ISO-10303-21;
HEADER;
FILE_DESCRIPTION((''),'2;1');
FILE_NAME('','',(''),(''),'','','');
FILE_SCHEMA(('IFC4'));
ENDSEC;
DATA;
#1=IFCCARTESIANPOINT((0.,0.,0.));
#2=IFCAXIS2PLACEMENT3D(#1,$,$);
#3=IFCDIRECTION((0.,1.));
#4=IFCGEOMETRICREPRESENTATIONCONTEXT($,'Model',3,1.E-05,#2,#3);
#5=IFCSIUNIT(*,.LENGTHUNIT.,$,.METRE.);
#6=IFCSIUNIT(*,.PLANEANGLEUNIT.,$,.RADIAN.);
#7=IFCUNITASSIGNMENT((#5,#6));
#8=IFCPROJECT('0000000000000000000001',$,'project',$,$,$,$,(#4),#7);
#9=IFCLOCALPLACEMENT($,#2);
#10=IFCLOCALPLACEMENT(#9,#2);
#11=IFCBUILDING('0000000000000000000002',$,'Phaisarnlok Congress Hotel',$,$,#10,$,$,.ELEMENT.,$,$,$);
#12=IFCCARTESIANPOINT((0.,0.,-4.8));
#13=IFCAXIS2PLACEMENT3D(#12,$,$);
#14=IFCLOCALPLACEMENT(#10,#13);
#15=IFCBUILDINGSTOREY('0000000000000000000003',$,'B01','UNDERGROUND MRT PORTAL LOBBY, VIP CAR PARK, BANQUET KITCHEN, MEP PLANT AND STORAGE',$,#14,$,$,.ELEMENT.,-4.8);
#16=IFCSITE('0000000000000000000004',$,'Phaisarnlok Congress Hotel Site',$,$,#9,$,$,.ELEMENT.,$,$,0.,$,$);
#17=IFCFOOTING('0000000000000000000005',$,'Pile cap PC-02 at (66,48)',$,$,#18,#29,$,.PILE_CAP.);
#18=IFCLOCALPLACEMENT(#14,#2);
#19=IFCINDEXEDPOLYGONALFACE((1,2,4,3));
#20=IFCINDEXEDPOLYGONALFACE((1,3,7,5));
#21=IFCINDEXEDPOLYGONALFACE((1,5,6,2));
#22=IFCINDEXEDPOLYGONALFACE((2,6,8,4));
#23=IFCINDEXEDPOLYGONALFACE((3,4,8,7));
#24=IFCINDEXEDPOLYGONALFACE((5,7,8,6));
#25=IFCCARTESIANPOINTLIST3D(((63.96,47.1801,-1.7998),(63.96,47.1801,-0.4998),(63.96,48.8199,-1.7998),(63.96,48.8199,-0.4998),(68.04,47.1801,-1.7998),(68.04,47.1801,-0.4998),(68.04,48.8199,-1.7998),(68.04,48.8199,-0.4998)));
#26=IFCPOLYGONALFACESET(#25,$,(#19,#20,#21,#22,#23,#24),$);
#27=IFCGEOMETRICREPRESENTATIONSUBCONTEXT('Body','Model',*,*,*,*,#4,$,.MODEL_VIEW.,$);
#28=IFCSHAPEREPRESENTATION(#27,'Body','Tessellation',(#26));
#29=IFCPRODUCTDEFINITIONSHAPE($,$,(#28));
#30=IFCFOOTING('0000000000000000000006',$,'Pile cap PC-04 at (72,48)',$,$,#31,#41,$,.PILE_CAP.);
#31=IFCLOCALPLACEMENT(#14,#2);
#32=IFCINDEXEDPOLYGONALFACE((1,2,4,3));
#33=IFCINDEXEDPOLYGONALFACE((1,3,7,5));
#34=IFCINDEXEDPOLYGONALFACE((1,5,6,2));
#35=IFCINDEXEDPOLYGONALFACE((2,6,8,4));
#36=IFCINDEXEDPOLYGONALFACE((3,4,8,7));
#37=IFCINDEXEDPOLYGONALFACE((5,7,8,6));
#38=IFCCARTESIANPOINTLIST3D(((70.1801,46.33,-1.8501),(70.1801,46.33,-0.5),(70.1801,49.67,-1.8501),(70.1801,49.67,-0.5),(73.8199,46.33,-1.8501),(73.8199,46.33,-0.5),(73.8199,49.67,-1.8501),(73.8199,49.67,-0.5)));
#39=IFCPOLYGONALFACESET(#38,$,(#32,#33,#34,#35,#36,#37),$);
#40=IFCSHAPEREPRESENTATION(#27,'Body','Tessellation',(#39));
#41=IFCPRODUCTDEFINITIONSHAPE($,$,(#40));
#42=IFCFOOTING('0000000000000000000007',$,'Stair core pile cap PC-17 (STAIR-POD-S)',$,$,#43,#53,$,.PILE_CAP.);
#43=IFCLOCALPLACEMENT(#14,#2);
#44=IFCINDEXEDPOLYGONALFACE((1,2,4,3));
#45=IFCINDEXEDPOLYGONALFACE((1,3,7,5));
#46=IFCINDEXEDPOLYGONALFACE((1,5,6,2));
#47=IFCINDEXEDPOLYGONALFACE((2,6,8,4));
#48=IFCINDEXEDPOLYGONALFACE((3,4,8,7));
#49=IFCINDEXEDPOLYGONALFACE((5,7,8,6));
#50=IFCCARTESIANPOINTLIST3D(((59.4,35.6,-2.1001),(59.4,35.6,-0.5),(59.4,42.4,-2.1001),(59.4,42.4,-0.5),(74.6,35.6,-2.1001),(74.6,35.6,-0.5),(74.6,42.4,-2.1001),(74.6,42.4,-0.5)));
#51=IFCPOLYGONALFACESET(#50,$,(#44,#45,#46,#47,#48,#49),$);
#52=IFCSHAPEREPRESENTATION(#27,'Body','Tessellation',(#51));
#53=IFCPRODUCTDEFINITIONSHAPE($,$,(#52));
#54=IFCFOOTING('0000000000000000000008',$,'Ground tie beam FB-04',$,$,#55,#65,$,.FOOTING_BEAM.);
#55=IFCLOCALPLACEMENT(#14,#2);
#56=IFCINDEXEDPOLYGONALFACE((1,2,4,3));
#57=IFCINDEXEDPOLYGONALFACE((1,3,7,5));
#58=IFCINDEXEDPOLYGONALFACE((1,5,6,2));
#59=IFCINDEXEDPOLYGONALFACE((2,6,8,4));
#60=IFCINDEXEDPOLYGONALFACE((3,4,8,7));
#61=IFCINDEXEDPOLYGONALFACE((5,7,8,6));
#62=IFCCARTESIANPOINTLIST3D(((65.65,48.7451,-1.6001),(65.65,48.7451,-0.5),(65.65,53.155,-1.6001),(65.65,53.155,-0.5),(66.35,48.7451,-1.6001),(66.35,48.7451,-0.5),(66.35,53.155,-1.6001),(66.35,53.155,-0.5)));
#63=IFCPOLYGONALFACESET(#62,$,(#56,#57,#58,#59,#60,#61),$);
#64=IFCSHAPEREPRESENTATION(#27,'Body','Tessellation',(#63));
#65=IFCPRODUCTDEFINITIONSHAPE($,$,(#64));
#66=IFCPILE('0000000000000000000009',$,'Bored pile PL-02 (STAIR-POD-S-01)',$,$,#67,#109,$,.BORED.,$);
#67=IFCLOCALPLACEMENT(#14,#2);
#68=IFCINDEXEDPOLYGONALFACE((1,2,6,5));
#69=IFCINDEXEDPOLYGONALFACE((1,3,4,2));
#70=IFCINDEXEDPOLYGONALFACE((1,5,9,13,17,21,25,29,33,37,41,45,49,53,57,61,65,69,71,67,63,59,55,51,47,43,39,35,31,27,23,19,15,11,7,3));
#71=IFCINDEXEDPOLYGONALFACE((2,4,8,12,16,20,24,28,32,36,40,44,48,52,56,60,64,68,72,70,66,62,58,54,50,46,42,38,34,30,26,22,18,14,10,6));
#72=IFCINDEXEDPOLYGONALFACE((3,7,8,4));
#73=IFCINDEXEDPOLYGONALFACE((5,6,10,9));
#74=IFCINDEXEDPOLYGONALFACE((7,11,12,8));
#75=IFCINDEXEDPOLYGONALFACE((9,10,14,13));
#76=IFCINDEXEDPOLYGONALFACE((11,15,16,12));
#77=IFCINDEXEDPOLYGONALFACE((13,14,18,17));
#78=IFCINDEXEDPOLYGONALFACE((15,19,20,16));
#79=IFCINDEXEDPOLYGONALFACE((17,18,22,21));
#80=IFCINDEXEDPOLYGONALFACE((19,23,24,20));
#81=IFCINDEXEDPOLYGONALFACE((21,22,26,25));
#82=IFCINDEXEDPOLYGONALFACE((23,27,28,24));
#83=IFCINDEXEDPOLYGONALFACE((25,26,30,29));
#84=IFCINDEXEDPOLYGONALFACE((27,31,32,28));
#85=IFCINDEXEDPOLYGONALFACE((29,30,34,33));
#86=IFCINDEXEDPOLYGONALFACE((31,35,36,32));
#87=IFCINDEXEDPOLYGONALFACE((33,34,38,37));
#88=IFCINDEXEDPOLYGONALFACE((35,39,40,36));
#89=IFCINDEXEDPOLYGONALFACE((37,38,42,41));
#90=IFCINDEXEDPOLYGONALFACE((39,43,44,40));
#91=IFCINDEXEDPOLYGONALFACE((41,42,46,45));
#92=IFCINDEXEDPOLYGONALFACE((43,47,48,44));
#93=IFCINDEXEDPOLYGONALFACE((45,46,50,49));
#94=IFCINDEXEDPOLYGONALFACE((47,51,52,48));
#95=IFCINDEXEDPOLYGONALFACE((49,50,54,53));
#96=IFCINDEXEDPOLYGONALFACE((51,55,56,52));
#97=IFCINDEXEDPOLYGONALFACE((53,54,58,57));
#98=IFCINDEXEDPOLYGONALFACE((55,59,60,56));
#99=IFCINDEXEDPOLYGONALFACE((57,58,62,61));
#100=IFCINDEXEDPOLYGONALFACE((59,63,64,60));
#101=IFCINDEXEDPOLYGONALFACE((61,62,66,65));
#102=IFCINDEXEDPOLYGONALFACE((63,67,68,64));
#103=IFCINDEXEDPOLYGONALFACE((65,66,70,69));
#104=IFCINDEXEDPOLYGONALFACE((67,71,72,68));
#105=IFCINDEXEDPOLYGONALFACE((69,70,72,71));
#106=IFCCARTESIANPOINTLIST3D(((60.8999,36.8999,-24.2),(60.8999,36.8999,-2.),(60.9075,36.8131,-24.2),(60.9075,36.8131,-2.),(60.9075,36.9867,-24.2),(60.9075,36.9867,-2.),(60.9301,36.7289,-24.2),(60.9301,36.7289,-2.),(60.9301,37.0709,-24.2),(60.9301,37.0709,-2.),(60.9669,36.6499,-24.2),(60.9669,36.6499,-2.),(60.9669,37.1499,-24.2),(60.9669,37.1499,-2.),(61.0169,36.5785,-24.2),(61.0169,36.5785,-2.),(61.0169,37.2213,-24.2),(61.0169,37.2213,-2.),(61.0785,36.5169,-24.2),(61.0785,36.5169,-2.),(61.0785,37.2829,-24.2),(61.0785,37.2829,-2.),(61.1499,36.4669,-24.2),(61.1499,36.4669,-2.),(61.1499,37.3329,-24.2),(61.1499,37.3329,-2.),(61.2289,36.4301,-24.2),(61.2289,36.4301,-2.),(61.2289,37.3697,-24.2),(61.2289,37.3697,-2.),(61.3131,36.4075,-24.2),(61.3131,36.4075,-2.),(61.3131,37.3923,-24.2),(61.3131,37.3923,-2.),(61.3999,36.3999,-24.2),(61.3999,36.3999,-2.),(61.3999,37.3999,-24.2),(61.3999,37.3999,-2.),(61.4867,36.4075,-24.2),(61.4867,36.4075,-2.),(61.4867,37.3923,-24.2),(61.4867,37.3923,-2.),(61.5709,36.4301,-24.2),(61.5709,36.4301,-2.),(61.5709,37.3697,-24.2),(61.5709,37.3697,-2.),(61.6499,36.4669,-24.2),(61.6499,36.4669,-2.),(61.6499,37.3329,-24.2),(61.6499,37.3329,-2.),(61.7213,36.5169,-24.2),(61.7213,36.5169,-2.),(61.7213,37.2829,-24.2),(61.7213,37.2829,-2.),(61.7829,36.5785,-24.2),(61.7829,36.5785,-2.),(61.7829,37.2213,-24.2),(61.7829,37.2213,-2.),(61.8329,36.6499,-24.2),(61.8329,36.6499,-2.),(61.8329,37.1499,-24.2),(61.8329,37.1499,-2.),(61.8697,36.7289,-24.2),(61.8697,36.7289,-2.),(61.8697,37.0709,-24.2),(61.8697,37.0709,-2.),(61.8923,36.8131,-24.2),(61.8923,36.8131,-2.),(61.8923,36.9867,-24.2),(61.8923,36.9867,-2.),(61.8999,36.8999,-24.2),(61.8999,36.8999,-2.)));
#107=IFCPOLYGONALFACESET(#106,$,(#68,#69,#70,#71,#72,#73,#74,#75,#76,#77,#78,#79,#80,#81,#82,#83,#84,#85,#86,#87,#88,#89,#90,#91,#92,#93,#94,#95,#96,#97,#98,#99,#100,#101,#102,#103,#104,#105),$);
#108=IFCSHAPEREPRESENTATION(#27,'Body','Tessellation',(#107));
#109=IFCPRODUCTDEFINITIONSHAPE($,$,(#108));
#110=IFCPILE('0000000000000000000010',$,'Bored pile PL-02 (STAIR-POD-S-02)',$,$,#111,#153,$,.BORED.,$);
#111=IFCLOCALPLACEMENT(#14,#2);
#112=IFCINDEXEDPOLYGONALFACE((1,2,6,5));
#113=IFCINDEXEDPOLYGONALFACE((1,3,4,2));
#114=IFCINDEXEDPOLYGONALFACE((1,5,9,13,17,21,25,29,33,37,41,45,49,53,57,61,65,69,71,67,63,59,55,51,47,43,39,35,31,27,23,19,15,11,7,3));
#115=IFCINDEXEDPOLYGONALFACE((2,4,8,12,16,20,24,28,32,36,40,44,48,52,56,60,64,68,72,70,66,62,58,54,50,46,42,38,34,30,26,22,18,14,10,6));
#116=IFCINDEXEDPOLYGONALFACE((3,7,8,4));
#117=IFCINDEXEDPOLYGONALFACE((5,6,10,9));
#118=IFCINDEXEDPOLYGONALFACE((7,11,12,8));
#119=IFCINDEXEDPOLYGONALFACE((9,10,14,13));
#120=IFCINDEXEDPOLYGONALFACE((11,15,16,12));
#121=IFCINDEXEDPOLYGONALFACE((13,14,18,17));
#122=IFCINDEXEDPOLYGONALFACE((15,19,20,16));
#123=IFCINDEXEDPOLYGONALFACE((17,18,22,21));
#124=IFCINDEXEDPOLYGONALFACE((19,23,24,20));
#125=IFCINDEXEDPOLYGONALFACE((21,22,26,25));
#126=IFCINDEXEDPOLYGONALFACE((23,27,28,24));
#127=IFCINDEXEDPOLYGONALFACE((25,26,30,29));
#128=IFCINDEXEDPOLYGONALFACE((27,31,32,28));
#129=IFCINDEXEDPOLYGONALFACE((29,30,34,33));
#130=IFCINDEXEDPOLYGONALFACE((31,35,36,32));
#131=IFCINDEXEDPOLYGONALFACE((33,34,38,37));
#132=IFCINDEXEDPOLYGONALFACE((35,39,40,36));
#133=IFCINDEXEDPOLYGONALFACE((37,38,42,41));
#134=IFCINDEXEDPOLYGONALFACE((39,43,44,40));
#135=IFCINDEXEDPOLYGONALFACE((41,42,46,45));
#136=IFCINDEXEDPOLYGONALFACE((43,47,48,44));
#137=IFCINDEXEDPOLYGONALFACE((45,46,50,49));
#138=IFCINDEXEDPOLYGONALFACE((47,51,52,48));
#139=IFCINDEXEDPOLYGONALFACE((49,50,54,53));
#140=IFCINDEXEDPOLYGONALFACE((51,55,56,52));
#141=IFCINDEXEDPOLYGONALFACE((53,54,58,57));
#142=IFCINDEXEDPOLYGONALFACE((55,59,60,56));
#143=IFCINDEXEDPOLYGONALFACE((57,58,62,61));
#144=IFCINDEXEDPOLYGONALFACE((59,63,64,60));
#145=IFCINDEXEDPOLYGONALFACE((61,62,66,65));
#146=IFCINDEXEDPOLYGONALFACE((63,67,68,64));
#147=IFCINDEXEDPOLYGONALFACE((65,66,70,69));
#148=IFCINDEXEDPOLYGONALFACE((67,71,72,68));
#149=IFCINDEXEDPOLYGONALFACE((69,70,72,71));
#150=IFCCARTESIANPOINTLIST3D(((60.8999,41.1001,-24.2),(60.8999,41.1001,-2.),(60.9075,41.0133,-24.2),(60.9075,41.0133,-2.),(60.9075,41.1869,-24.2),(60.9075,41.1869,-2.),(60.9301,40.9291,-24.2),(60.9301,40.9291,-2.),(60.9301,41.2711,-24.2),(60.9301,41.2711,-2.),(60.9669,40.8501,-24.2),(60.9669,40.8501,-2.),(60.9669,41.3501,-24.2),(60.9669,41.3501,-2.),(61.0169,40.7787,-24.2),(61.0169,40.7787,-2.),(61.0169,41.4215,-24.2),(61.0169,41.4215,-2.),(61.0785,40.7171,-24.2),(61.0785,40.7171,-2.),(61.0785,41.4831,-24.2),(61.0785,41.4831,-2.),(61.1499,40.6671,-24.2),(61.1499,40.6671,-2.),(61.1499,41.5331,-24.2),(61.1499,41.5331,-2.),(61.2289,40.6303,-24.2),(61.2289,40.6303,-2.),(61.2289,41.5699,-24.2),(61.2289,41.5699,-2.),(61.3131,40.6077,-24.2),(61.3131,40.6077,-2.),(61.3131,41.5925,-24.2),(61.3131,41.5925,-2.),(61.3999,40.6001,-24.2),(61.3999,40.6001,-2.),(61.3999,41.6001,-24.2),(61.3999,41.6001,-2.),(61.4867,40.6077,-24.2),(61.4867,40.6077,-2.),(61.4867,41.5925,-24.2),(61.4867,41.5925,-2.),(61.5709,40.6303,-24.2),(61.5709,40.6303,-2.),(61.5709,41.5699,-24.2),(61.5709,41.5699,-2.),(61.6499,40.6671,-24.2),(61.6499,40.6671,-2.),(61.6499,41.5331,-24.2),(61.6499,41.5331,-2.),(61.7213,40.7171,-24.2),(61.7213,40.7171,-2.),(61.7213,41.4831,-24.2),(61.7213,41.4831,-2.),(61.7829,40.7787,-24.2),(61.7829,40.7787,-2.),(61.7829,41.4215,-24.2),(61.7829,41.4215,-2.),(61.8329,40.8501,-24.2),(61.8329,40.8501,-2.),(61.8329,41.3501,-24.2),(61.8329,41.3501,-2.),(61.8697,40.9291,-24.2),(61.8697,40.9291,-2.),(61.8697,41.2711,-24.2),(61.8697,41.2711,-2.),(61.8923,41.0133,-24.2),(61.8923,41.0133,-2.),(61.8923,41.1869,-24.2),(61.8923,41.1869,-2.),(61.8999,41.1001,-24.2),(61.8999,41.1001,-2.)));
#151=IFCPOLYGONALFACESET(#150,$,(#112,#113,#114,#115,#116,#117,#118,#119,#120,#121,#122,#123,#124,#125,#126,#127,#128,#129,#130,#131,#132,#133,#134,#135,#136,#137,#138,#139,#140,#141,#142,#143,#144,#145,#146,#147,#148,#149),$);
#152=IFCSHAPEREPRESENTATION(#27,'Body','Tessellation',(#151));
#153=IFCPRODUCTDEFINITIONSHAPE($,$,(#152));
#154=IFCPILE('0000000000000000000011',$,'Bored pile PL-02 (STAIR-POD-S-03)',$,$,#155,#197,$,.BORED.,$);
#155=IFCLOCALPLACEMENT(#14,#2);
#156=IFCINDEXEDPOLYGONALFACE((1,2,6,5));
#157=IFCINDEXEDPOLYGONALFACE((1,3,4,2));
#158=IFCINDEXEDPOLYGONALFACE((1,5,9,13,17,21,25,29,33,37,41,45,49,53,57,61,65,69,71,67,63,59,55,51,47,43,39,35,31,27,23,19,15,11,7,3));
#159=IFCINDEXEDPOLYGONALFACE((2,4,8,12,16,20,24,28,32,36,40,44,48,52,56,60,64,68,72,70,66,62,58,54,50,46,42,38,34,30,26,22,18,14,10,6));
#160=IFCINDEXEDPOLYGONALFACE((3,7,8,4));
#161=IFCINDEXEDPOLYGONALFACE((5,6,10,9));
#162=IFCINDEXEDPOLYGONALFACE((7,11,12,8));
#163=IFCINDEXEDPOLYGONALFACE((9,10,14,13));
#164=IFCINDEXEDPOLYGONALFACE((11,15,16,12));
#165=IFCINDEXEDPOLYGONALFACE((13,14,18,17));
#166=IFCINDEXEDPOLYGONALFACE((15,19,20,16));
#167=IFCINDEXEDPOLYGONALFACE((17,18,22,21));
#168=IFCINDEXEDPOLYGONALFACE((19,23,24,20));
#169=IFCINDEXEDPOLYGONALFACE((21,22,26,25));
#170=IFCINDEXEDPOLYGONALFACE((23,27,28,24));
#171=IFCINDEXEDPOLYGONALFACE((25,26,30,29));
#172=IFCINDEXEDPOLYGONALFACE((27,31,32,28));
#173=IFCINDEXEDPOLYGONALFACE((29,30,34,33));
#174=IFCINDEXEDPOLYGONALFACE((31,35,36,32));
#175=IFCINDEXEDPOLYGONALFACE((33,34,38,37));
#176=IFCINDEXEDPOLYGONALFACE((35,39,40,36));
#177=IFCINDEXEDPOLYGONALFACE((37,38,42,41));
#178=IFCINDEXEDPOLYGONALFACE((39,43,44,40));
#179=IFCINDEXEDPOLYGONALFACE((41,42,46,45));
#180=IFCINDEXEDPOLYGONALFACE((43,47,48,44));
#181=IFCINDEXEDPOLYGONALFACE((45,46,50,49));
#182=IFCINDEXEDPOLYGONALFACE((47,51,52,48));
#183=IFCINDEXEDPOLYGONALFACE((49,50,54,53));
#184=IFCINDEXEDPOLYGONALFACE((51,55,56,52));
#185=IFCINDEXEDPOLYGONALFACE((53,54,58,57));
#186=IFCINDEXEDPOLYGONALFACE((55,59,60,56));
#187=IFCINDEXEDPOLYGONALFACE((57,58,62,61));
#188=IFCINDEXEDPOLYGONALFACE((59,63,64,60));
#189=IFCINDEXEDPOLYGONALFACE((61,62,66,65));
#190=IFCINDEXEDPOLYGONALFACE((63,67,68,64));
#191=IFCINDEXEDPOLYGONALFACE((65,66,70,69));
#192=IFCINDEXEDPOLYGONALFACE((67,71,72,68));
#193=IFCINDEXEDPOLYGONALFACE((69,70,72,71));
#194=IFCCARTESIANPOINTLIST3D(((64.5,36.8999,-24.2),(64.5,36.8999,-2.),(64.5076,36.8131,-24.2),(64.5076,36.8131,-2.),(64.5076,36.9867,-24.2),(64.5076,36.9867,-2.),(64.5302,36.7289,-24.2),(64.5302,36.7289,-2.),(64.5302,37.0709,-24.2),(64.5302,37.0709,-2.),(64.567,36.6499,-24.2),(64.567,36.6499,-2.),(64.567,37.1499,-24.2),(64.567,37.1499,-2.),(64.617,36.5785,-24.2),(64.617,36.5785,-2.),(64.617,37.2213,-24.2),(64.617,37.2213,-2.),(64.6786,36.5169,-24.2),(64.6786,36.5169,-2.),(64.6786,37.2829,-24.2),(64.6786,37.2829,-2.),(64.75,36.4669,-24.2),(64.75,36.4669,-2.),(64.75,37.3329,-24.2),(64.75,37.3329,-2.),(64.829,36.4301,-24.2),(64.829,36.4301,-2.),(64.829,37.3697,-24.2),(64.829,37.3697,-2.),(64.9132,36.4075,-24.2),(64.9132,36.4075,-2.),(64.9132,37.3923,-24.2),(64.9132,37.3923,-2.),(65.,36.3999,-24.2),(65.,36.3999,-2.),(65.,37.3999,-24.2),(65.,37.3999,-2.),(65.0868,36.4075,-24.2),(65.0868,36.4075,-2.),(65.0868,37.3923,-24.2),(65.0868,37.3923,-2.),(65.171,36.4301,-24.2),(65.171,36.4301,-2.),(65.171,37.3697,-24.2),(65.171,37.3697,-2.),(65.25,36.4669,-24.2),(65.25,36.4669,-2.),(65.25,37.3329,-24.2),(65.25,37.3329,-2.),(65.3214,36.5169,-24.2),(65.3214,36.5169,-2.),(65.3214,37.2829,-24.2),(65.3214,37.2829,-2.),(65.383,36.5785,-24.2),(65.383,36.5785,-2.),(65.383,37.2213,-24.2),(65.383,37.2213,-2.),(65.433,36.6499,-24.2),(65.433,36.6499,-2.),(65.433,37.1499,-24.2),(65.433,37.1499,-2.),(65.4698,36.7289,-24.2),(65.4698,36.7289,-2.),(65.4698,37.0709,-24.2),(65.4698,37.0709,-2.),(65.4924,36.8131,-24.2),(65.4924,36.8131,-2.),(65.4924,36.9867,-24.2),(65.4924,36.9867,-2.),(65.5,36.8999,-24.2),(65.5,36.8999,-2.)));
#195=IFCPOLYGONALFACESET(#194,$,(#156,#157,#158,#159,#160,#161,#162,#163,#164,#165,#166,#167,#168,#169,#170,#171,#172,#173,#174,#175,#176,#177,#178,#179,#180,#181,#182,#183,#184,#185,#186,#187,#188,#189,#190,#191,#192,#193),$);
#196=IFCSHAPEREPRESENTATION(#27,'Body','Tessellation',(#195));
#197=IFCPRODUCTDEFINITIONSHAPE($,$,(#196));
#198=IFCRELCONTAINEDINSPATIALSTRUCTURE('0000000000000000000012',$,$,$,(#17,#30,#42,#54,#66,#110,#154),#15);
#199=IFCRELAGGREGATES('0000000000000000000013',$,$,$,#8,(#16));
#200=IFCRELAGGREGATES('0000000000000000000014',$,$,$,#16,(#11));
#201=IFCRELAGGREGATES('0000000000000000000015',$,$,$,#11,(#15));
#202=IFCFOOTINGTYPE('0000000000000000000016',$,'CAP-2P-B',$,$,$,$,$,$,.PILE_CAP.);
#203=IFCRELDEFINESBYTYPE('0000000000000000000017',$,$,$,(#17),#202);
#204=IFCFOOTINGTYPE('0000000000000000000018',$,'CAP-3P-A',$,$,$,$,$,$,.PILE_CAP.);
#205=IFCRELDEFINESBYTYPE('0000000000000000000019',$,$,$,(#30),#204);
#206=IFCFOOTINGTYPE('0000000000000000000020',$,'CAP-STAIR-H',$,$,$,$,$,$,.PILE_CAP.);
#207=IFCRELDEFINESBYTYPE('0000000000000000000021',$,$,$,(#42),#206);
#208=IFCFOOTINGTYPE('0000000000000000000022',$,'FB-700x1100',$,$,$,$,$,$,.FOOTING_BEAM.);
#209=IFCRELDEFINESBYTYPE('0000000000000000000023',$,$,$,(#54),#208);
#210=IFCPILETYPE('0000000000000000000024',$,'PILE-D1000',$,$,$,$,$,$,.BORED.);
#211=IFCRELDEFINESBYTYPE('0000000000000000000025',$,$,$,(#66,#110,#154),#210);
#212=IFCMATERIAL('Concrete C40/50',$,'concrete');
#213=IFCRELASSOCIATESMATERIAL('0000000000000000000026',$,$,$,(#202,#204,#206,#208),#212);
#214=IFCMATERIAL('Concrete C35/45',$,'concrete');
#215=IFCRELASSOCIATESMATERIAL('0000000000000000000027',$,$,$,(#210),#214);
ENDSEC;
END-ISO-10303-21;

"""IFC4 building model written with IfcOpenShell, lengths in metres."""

from ifc_helpers import new_model, si_unit, direction, frame, origin, origin_2d, place, context, subcontext, project, spatial, rectangle, circle, extrude, material, material_profile, profile_set, type_object, element, save


model = new_model("IFC4")

# Units and contexts
model_context = context("Model", 3, precision=1e-05, world=origin(), true_north=direction((0.0, 1.0)))
body_context = subcontext(model_context, "Body", "Model", "MODEL_VIEW")
ifc_project = project(units=[si_unit("LENGTHUNIT", "METRE"), si_unit("PLANEANGLEUNIT", "RADIAN")], contexts=[model_context])

# Site, building, storey
site_placement = place(None, origin())
site = spatial("IfcSite", under=ifc_project, at=site_placement, Name="Phaisarnlok Congress Hotel Site", CompositionType="ELEMENT", RefElevation=0.0)
building_placement = place(site_placement, origin())
building = spatial("IfcBuilding", under=site, at=building_placement, Name="Phaisarnlok Congress Hotel", CompositionType="ELEMENT")
storey_placement = place(building_placement, frame((0.0, 0.0, -4.8)))
storey = spatial("IfcBuildingStorey", under=building, at=storey_placement, Name="B01", Description="UNDERGROUND MRT PORTAL LOBBY, VIP CAR PARK, BANQUET KITCHEN, MEP PLANT AND STORAGE", CompositionType="ELEMENT", Elevation=-4.8)

# Footings
ifc_material_1 = material(Name="Concrete C40/50", Category="concrete")
footing_type_1 = type_object("IfcFootingType", Name="CAP-2P-B", PredefinedType="PILE_CAP", material=ifc_material_1)
footing_1_placement = place(storey_placement, frame((66.0, 48.0, -1.7998), z_axis=(0.0, 0.0, 1.0), x_axis=(1.0, 0.0, 0.0)))
element("IfcFooting", 1, at=footing_1_placement, inside=storey, type_object=footing_type_1, Name="Pile cap PC-02 at (66,48)", PredefinedType="PILE_CAP", context=body_context, shape_type="SweptSolid", body=[
    extrude(rectangle(XDim=4.0801, YDim=1.6399, at=origin_2d()), origin(), (0.0, 0.0, 1.0), 1.3),
])
footing_type_2 = type_object("IfcFootingType", Name="CAP-3P-A", PredefinedType="PILE_CAP", material=ifc_material_1)
footing_2_placement = place(storey_placement, frame((72.0, 48.0, -1.8501), z_axis=(0.0, 0.0, 1.0), x_axis=(1.0, 0.0, 0.0)))
element("IfcFooting", 2, at=footing_2_placement, inside=storey, type_object=footing_type_2, Name="Pile cap PC-04 at (72,48)", PredefinedType="PILE_CAP", context=body_context, shape_type="SweptSolid", body=[
    extrude(rectangle(XDim=3.6399, YDim=3.3401, at=origin_2d()), origin(), (0.0, 0.0, 1.0), 1.3501),
])
footing_type_3 = type_object("IfcFootingType", Name="CAP-STAIR-H", PredefinedType="PILE_CAP", material=ifc_material_1)
footing_3_placement = place(storey_placement, frame((67.0, 39.0, -2.1001), z_axis=(0.0, 0.0, 1.0), x_axis=(1.0, 0.0, 0.0)))
element("IfcFooting", 3, at=footing_3_placement, inside=storey, type_object=footing_type_3, Name="Stair core pile cap PC-17 (STAIR-POD-S)", PredefinedType="PILE_CAP", context=body_context, shape_type="SweptSolid", body=[
    extrude(rectangle(XDim=15.2, YDim=6.8, at=origin_2d()), origin(), (0.0, 0.0, 1.0), 1.6001),
])
ifc_material_profile_1 = material_profile(ifc_material_1, rectangle(XDim=0.7, YDim=1.1001, at=origin_2d()), Name="FB-700x1100")
ifc_profile_set_1 = profile_set([ifc_material_profile_1], Name="Concrete C40/50")
footing_type_4 = type_object("IfcFootingType", Name="FB-700x1100", PredefinedType="FOOTING_BEAM", material=ifc_profile_set_1)
footing_4_placement = place(storey_placement, frame((66.0, 48.7451, -1.05), z_axis=(0.0, 1.0, 0.0), x_axis=(-1.0, 0.0, 0.0)))
element("IfcFooting", 4, at=footing_4_placement, inside=storey, type_object=footing_type_4, Name="Ground tie beam FB-04", PredefinedType="FOOTING_BEAM", context=body_context, shape_type="SweptSolid", body=[
    extrude(rectangle(XDim=0.7, YDim=1.1001, at=origin_2d()), origin(), (0.0, 0.0, 1.0), 4.4099),
])

# Piles
ifc_material_2 = material(Name="Concrete C35/45", Category="concrete")
ifc_material_profile_2 = material_profile(ifc_material_2, circle(Radius=0.5, at=origin_2d()), Name="BORED PILE D1000")
ifc_profile_set_2 = profile_set([ifc_material_profile_2], Name="Concrete C35/45")
pile_type_1 = type_object("IfcPileType", Name="PILE-D1000", PredefinedType="BORED", material=ifc_profile_set_2)
for number, where, z_axis, x_axis, name in (
    (5, (61.3999, 36.8999, -2.0), (0.0, 0.0, -1.0), (1.0, 0.0, 0.0), "Bored pile PL-02 (STAIR-POD-S-01)"),
    (6, (61.3999, 41.1001, -2.0), (0.0, 0.0, -1.0), (1.0, 0.0, 0.0), "Bored pile PL-02 (STAIR-POD-S-02)"),
    (7, (65.0, 36.8999, -2.0), (0.0, 0.0, -1.0), (1.0, 0.0, 0.0), "Bored pile PL-02 (STAIR-POD-S-03)"),
):
    element("IfcPile", number, at=place(storey_placement, frame(where, z_axis=z_axis, x_axis=x_axis)), inside=storey, type_object=pile_type_1, Name=name, PredefinedType="BORED", context=body_context, shape_type="SweptSolid", body=[
        extrude(circle(Radius=0.5, at=origin_2d()), origin(), (0.0, 0.0, 1.0), 22.2),
    ])

save(model, "model.ifc")
